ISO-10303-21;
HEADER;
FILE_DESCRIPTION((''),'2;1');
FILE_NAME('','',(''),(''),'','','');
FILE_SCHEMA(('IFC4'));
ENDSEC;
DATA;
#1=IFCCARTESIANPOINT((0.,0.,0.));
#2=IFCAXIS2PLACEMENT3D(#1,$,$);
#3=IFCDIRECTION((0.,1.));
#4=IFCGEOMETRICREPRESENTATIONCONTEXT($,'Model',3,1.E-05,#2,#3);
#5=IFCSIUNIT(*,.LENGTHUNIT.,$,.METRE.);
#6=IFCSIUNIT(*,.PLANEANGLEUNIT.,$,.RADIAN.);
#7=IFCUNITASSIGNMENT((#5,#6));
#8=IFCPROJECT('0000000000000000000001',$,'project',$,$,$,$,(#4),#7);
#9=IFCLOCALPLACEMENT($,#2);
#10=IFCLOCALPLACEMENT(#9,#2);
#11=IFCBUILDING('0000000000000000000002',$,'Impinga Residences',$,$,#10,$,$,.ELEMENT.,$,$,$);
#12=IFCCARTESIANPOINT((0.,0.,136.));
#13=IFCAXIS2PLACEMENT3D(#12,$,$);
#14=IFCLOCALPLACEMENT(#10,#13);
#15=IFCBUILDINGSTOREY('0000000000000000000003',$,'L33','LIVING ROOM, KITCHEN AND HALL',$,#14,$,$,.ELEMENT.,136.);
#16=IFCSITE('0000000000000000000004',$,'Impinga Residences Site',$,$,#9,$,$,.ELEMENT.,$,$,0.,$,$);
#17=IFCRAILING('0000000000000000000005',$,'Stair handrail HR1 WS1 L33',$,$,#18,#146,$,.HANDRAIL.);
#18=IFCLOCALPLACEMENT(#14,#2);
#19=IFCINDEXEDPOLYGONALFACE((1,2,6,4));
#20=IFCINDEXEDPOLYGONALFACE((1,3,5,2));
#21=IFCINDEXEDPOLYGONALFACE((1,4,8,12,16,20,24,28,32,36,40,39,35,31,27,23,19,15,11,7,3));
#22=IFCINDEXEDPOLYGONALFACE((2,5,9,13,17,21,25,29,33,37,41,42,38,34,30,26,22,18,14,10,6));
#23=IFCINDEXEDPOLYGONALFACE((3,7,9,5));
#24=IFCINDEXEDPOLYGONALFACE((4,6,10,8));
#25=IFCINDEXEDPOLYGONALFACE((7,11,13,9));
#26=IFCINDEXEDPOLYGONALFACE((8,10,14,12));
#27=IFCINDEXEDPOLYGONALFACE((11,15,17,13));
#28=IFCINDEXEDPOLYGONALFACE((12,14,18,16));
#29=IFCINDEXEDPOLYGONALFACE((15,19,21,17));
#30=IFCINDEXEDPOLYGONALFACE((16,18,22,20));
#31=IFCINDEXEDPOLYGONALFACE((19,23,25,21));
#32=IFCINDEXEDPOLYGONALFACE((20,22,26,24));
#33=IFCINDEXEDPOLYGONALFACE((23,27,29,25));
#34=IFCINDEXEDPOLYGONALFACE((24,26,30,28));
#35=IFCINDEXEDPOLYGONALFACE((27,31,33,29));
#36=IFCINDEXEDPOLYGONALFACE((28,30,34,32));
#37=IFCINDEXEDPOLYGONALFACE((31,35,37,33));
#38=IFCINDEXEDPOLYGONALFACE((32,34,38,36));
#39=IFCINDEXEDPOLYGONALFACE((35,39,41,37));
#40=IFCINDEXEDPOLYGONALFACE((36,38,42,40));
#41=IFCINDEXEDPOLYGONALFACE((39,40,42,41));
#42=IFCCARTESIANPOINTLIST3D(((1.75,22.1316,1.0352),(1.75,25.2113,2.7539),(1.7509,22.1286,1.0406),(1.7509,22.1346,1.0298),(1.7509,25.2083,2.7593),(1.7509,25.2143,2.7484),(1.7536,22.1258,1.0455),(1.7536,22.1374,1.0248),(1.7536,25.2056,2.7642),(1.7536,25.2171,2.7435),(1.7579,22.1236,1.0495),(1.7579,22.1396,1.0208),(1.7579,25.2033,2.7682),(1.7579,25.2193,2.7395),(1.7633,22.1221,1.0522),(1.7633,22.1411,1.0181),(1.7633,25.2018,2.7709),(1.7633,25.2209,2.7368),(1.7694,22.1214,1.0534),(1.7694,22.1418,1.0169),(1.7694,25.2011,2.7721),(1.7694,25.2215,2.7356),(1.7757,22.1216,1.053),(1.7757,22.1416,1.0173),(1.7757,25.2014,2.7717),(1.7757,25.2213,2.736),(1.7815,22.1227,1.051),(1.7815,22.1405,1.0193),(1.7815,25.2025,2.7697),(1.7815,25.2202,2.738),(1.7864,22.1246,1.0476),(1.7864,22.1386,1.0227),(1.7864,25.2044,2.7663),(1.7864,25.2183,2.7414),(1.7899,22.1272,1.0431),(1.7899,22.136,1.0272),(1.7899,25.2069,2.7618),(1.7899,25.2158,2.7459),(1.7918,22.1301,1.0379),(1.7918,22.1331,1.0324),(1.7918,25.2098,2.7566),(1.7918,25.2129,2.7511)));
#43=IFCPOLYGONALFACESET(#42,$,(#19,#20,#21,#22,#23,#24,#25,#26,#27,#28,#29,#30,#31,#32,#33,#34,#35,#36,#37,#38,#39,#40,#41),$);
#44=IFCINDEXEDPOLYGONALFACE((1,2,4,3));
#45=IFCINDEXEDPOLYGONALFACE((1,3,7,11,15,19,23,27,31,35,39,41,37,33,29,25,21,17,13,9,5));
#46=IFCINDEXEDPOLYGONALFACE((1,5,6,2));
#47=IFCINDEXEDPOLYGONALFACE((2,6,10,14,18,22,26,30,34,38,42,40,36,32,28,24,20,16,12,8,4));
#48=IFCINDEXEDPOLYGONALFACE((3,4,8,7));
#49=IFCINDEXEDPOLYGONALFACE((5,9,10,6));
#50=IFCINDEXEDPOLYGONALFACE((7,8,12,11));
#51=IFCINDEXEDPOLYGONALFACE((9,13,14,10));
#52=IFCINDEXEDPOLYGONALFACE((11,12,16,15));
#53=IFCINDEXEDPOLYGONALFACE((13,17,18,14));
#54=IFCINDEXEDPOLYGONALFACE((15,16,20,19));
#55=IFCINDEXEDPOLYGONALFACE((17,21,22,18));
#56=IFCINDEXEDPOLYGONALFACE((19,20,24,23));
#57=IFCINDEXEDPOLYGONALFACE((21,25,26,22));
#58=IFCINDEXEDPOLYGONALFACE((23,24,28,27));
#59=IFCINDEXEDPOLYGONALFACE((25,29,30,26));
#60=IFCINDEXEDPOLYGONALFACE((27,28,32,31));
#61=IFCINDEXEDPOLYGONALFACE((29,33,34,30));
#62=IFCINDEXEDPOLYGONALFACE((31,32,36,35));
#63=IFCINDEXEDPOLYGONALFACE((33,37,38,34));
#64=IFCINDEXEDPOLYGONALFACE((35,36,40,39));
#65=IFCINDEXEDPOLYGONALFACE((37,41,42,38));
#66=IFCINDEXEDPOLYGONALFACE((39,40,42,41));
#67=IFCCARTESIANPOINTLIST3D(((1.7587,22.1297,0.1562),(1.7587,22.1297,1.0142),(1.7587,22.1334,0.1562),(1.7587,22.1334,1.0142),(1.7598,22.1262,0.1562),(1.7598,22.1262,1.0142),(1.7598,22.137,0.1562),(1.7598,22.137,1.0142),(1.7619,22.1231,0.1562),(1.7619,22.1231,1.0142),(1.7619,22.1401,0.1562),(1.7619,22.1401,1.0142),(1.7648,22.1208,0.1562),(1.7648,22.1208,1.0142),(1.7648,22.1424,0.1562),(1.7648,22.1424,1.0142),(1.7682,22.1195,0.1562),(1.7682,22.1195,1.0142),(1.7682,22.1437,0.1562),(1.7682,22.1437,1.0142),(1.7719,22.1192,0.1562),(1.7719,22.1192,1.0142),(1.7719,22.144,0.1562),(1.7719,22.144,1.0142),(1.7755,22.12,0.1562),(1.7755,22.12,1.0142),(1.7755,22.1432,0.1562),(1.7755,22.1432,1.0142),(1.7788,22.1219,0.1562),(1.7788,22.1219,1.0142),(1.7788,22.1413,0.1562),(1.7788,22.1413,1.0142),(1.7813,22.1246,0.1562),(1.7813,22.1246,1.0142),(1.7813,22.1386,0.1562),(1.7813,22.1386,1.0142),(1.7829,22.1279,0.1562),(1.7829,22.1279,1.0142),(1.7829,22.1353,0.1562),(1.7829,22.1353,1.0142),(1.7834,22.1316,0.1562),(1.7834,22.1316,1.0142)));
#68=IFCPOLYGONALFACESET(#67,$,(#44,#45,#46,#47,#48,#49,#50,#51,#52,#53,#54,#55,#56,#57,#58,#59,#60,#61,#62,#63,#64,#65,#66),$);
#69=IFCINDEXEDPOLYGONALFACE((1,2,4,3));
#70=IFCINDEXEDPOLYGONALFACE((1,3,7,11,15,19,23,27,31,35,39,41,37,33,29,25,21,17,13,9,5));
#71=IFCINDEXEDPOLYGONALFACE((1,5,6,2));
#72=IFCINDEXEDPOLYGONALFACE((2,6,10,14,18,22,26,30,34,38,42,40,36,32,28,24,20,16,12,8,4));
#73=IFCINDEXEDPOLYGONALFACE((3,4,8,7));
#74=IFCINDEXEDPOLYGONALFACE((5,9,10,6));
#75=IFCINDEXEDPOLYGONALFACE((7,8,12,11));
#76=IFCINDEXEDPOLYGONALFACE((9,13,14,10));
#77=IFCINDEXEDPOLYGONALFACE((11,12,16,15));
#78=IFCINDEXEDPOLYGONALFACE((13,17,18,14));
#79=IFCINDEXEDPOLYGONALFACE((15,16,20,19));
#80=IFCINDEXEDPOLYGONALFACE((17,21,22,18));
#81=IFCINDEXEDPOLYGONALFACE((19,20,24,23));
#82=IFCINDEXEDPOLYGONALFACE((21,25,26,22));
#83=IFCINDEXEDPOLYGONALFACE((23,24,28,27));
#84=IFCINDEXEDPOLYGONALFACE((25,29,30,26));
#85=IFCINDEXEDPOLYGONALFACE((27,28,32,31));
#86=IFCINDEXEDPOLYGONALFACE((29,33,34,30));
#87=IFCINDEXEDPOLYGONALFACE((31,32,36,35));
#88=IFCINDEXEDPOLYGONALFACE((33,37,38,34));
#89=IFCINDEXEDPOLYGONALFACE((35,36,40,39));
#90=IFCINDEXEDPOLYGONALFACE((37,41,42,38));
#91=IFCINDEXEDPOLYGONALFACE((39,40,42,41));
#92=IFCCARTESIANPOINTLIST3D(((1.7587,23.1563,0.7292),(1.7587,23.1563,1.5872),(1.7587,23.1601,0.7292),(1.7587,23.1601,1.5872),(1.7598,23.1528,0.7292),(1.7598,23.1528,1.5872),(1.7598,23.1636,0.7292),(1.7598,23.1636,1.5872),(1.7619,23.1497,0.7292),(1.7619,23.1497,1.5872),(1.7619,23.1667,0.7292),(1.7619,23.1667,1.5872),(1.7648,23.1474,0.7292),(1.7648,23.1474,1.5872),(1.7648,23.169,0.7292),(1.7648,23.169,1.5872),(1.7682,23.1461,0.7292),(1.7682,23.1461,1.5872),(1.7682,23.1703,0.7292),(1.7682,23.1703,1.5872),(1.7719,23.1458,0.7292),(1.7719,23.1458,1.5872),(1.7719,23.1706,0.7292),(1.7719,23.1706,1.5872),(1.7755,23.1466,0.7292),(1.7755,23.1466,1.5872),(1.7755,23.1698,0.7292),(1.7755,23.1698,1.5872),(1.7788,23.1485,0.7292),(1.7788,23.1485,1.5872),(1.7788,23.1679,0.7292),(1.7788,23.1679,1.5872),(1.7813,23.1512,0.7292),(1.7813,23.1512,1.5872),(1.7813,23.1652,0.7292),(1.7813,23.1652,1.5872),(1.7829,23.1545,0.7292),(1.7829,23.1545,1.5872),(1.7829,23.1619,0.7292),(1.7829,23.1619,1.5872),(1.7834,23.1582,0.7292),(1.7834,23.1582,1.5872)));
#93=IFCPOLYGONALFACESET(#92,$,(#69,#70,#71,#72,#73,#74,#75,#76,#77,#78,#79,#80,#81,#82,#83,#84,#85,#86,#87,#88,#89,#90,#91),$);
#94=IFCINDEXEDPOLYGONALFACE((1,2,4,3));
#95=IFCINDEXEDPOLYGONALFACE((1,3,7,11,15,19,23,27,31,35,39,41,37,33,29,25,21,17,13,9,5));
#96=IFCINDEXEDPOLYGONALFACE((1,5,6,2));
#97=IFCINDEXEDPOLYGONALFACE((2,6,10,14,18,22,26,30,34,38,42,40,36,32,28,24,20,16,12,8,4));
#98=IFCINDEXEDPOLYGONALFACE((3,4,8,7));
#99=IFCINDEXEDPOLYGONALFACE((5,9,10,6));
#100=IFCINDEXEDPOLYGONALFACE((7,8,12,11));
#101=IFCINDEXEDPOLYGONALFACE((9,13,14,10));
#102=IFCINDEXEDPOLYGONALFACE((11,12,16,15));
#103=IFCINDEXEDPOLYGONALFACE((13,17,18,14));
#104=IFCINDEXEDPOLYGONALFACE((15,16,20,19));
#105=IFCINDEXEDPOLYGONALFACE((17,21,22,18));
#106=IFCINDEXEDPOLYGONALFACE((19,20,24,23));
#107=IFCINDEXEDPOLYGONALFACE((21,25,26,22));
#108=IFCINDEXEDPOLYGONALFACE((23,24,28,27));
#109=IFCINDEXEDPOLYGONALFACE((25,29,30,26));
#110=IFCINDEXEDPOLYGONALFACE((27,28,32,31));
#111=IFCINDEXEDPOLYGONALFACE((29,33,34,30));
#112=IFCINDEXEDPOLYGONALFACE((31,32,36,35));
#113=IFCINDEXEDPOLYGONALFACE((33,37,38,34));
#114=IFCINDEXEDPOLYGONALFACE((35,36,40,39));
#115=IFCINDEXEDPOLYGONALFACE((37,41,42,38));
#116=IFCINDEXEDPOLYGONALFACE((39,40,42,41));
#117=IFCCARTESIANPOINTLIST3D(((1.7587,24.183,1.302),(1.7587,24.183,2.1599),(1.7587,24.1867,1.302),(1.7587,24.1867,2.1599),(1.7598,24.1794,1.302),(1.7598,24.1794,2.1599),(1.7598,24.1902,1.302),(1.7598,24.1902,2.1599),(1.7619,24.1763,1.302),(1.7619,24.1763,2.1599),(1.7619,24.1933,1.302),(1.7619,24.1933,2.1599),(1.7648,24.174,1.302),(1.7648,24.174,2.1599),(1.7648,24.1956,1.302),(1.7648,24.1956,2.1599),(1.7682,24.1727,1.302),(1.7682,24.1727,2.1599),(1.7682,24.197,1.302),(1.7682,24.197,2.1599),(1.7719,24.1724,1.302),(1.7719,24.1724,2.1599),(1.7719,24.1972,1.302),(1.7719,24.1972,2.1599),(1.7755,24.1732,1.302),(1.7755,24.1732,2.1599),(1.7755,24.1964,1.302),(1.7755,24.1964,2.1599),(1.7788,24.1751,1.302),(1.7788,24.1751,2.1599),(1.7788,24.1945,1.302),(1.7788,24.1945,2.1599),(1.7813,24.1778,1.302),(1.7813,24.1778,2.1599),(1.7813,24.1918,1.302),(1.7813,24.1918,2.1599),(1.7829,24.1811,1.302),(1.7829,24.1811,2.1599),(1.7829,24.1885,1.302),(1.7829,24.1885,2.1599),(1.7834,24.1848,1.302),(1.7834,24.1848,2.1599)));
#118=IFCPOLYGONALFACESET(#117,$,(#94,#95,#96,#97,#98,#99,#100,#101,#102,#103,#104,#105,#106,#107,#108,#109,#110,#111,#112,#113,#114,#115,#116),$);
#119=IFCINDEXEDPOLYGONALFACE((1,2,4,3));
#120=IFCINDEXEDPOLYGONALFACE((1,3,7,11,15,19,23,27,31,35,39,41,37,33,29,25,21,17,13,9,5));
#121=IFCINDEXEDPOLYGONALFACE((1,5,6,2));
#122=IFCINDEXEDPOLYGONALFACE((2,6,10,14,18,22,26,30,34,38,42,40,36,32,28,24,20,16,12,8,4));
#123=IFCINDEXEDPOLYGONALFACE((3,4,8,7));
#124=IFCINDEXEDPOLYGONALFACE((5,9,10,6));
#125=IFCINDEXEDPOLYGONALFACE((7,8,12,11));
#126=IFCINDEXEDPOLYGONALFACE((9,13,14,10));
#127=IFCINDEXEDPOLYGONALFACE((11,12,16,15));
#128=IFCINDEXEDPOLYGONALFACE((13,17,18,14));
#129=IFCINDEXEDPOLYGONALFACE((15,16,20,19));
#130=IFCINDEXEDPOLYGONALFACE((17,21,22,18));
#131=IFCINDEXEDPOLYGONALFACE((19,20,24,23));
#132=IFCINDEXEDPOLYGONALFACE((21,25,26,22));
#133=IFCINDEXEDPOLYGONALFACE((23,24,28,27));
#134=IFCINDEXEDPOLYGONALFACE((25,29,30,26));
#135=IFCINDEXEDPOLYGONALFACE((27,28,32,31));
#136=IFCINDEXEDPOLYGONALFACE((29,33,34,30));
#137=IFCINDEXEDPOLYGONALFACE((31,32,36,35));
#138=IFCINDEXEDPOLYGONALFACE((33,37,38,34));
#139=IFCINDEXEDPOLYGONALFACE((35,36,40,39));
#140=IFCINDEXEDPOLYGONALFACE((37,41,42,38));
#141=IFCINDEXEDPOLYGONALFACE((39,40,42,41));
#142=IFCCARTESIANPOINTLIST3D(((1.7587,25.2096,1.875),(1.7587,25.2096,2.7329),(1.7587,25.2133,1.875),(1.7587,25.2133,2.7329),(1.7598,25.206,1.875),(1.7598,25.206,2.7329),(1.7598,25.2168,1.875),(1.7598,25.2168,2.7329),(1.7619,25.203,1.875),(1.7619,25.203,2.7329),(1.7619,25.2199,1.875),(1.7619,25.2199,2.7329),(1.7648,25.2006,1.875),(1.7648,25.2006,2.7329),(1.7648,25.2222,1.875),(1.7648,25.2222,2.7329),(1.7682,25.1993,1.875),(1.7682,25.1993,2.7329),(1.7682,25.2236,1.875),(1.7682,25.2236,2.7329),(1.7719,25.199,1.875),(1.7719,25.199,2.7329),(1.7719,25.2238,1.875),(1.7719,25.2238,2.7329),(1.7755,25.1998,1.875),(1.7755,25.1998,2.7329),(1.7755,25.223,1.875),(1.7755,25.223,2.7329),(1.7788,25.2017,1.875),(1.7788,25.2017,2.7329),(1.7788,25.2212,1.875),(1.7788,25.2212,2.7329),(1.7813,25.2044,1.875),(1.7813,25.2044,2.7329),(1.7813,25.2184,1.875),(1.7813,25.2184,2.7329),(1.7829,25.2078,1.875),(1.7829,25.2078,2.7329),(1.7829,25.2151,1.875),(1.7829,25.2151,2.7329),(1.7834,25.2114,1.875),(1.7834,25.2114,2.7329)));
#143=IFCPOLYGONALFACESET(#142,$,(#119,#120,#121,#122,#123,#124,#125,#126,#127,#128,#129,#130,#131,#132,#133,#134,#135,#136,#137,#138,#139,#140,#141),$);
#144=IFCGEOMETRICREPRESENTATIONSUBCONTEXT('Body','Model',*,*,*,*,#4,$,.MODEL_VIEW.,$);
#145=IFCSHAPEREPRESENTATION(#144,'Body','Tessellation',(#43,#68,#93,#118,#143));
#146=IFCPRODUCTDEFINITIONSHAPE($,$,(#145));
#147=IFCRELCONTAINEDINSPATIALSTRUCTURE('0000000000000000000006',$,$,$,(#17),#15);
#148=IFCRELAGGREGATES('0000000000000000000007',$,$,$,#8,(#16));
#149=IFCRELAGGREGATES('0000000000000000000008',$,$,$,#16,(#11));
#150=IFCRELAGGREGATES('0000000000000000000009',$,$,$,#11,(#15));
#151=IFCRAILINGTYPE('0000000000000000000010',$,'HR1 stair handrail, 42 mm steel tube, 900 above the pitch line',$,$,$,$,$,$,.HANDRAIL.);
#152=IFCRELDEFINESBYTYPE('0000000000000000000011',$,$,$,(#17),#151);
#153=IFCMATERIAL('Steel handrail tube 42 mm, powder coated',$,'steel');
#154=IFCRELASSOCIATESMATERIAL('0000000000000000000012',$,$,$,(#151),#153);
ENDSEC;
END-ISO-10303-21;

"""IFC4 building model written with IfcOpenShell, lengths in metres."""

from ifc_helpers import new_model, si_unit, direction, frame, origin, origin_2d, place, context, subcontext, project, spatial, circle, extrude, material, type_object, element, save


model = new_model("IFC4")

# Units and contexts
model_context = context("Model", 3, precision=1e-05, world=origin(), true_north=direction((0.0, 1.0)))
body_context = subcontext(model_context, "Body", "Model", "MODEL_VIEW")
ifc_project = project(units=[si_unit("LENGTHUNIT", "METRE"), si_unit("PLANEANGLEUNIT", "RADIAN")], contexts=[model_context])

# Site, building, storey
site_placement = place(None, origin())
site = spatial("IfcSite", under=ifc_project, at=site_placement, Name="Impinga Residences Site", CompositionType="ELEMENT", RefElevation=0.0)
building_placement = place(site_placement, origin())
building = spatial("IfcBuilding", under=site, at=building_placement, Name="Impinga Residences", CompositionType="ELEMENT")
storey_placement = place(building_placement, frame((0.0, 0.0, 136.0)))
storey = spatial("IfcBuildingStorey", under=building, at=storey_placement, Name="L33", Description="LIVING ROOM, KITCHEN AND HALL", CompositionType="ELEMENT", Elevation=136.0)

# Railing
ifc_material_1 = material(Name="Steel handrail tube 42 mm, powder coated", Category="steel")
railing_type = type_object("IfcRailingType", Name="HR1 stair handrail, 42 mm steel tube, 900 above the pitch line", PredefinedType="HANDRAIL", material=ifc_material_1)
railing_placement = place(storey_placement, frame((1.771, 22.1316, 0.1562)))
element("IfcRailing", 1, at=railing_placement, inside=storey, type_object=railing_type, Name="Stair handrail HR1 WS1 L33", PredefinedType="HANDRAIL", context=body_context, shape_type="SweptSolid", body=[
    extrude(circle(Radius=0.021, at=origin_2d()), frame((0.0, 0.0, 0.8789), z_axis=(0.0, 0.873225, 0.487317), x_axis=(-1.0, 0.0, 0.0)), (0.0, 0.0, 1.0), 3.5269),
    extrude(circle(Radius=0.0125, at=origin_2d()), origin(), (0.0, 0.0, 1.0), 0.8579),
    extrude(circle(Radius=0.0125, at=origin_2d()), frame((0.0, 1.0266, 0.573)), (0.0, 0.0, 1.0), 0.8579),
    extrude(circle(Radius=0.0125, at=origin_2d()), frame((0.0, 2.0532, 1.1458)), (0.0, 0.0, 1.0), 0.8579),
    extrude(circle(Radius=0.0125, at=origin_2d()), frame((0.0, 3.0798, 1.7188)), (0.0, 0.0, 1.0), 0.8579),
])

save(model, "model.ifc")
